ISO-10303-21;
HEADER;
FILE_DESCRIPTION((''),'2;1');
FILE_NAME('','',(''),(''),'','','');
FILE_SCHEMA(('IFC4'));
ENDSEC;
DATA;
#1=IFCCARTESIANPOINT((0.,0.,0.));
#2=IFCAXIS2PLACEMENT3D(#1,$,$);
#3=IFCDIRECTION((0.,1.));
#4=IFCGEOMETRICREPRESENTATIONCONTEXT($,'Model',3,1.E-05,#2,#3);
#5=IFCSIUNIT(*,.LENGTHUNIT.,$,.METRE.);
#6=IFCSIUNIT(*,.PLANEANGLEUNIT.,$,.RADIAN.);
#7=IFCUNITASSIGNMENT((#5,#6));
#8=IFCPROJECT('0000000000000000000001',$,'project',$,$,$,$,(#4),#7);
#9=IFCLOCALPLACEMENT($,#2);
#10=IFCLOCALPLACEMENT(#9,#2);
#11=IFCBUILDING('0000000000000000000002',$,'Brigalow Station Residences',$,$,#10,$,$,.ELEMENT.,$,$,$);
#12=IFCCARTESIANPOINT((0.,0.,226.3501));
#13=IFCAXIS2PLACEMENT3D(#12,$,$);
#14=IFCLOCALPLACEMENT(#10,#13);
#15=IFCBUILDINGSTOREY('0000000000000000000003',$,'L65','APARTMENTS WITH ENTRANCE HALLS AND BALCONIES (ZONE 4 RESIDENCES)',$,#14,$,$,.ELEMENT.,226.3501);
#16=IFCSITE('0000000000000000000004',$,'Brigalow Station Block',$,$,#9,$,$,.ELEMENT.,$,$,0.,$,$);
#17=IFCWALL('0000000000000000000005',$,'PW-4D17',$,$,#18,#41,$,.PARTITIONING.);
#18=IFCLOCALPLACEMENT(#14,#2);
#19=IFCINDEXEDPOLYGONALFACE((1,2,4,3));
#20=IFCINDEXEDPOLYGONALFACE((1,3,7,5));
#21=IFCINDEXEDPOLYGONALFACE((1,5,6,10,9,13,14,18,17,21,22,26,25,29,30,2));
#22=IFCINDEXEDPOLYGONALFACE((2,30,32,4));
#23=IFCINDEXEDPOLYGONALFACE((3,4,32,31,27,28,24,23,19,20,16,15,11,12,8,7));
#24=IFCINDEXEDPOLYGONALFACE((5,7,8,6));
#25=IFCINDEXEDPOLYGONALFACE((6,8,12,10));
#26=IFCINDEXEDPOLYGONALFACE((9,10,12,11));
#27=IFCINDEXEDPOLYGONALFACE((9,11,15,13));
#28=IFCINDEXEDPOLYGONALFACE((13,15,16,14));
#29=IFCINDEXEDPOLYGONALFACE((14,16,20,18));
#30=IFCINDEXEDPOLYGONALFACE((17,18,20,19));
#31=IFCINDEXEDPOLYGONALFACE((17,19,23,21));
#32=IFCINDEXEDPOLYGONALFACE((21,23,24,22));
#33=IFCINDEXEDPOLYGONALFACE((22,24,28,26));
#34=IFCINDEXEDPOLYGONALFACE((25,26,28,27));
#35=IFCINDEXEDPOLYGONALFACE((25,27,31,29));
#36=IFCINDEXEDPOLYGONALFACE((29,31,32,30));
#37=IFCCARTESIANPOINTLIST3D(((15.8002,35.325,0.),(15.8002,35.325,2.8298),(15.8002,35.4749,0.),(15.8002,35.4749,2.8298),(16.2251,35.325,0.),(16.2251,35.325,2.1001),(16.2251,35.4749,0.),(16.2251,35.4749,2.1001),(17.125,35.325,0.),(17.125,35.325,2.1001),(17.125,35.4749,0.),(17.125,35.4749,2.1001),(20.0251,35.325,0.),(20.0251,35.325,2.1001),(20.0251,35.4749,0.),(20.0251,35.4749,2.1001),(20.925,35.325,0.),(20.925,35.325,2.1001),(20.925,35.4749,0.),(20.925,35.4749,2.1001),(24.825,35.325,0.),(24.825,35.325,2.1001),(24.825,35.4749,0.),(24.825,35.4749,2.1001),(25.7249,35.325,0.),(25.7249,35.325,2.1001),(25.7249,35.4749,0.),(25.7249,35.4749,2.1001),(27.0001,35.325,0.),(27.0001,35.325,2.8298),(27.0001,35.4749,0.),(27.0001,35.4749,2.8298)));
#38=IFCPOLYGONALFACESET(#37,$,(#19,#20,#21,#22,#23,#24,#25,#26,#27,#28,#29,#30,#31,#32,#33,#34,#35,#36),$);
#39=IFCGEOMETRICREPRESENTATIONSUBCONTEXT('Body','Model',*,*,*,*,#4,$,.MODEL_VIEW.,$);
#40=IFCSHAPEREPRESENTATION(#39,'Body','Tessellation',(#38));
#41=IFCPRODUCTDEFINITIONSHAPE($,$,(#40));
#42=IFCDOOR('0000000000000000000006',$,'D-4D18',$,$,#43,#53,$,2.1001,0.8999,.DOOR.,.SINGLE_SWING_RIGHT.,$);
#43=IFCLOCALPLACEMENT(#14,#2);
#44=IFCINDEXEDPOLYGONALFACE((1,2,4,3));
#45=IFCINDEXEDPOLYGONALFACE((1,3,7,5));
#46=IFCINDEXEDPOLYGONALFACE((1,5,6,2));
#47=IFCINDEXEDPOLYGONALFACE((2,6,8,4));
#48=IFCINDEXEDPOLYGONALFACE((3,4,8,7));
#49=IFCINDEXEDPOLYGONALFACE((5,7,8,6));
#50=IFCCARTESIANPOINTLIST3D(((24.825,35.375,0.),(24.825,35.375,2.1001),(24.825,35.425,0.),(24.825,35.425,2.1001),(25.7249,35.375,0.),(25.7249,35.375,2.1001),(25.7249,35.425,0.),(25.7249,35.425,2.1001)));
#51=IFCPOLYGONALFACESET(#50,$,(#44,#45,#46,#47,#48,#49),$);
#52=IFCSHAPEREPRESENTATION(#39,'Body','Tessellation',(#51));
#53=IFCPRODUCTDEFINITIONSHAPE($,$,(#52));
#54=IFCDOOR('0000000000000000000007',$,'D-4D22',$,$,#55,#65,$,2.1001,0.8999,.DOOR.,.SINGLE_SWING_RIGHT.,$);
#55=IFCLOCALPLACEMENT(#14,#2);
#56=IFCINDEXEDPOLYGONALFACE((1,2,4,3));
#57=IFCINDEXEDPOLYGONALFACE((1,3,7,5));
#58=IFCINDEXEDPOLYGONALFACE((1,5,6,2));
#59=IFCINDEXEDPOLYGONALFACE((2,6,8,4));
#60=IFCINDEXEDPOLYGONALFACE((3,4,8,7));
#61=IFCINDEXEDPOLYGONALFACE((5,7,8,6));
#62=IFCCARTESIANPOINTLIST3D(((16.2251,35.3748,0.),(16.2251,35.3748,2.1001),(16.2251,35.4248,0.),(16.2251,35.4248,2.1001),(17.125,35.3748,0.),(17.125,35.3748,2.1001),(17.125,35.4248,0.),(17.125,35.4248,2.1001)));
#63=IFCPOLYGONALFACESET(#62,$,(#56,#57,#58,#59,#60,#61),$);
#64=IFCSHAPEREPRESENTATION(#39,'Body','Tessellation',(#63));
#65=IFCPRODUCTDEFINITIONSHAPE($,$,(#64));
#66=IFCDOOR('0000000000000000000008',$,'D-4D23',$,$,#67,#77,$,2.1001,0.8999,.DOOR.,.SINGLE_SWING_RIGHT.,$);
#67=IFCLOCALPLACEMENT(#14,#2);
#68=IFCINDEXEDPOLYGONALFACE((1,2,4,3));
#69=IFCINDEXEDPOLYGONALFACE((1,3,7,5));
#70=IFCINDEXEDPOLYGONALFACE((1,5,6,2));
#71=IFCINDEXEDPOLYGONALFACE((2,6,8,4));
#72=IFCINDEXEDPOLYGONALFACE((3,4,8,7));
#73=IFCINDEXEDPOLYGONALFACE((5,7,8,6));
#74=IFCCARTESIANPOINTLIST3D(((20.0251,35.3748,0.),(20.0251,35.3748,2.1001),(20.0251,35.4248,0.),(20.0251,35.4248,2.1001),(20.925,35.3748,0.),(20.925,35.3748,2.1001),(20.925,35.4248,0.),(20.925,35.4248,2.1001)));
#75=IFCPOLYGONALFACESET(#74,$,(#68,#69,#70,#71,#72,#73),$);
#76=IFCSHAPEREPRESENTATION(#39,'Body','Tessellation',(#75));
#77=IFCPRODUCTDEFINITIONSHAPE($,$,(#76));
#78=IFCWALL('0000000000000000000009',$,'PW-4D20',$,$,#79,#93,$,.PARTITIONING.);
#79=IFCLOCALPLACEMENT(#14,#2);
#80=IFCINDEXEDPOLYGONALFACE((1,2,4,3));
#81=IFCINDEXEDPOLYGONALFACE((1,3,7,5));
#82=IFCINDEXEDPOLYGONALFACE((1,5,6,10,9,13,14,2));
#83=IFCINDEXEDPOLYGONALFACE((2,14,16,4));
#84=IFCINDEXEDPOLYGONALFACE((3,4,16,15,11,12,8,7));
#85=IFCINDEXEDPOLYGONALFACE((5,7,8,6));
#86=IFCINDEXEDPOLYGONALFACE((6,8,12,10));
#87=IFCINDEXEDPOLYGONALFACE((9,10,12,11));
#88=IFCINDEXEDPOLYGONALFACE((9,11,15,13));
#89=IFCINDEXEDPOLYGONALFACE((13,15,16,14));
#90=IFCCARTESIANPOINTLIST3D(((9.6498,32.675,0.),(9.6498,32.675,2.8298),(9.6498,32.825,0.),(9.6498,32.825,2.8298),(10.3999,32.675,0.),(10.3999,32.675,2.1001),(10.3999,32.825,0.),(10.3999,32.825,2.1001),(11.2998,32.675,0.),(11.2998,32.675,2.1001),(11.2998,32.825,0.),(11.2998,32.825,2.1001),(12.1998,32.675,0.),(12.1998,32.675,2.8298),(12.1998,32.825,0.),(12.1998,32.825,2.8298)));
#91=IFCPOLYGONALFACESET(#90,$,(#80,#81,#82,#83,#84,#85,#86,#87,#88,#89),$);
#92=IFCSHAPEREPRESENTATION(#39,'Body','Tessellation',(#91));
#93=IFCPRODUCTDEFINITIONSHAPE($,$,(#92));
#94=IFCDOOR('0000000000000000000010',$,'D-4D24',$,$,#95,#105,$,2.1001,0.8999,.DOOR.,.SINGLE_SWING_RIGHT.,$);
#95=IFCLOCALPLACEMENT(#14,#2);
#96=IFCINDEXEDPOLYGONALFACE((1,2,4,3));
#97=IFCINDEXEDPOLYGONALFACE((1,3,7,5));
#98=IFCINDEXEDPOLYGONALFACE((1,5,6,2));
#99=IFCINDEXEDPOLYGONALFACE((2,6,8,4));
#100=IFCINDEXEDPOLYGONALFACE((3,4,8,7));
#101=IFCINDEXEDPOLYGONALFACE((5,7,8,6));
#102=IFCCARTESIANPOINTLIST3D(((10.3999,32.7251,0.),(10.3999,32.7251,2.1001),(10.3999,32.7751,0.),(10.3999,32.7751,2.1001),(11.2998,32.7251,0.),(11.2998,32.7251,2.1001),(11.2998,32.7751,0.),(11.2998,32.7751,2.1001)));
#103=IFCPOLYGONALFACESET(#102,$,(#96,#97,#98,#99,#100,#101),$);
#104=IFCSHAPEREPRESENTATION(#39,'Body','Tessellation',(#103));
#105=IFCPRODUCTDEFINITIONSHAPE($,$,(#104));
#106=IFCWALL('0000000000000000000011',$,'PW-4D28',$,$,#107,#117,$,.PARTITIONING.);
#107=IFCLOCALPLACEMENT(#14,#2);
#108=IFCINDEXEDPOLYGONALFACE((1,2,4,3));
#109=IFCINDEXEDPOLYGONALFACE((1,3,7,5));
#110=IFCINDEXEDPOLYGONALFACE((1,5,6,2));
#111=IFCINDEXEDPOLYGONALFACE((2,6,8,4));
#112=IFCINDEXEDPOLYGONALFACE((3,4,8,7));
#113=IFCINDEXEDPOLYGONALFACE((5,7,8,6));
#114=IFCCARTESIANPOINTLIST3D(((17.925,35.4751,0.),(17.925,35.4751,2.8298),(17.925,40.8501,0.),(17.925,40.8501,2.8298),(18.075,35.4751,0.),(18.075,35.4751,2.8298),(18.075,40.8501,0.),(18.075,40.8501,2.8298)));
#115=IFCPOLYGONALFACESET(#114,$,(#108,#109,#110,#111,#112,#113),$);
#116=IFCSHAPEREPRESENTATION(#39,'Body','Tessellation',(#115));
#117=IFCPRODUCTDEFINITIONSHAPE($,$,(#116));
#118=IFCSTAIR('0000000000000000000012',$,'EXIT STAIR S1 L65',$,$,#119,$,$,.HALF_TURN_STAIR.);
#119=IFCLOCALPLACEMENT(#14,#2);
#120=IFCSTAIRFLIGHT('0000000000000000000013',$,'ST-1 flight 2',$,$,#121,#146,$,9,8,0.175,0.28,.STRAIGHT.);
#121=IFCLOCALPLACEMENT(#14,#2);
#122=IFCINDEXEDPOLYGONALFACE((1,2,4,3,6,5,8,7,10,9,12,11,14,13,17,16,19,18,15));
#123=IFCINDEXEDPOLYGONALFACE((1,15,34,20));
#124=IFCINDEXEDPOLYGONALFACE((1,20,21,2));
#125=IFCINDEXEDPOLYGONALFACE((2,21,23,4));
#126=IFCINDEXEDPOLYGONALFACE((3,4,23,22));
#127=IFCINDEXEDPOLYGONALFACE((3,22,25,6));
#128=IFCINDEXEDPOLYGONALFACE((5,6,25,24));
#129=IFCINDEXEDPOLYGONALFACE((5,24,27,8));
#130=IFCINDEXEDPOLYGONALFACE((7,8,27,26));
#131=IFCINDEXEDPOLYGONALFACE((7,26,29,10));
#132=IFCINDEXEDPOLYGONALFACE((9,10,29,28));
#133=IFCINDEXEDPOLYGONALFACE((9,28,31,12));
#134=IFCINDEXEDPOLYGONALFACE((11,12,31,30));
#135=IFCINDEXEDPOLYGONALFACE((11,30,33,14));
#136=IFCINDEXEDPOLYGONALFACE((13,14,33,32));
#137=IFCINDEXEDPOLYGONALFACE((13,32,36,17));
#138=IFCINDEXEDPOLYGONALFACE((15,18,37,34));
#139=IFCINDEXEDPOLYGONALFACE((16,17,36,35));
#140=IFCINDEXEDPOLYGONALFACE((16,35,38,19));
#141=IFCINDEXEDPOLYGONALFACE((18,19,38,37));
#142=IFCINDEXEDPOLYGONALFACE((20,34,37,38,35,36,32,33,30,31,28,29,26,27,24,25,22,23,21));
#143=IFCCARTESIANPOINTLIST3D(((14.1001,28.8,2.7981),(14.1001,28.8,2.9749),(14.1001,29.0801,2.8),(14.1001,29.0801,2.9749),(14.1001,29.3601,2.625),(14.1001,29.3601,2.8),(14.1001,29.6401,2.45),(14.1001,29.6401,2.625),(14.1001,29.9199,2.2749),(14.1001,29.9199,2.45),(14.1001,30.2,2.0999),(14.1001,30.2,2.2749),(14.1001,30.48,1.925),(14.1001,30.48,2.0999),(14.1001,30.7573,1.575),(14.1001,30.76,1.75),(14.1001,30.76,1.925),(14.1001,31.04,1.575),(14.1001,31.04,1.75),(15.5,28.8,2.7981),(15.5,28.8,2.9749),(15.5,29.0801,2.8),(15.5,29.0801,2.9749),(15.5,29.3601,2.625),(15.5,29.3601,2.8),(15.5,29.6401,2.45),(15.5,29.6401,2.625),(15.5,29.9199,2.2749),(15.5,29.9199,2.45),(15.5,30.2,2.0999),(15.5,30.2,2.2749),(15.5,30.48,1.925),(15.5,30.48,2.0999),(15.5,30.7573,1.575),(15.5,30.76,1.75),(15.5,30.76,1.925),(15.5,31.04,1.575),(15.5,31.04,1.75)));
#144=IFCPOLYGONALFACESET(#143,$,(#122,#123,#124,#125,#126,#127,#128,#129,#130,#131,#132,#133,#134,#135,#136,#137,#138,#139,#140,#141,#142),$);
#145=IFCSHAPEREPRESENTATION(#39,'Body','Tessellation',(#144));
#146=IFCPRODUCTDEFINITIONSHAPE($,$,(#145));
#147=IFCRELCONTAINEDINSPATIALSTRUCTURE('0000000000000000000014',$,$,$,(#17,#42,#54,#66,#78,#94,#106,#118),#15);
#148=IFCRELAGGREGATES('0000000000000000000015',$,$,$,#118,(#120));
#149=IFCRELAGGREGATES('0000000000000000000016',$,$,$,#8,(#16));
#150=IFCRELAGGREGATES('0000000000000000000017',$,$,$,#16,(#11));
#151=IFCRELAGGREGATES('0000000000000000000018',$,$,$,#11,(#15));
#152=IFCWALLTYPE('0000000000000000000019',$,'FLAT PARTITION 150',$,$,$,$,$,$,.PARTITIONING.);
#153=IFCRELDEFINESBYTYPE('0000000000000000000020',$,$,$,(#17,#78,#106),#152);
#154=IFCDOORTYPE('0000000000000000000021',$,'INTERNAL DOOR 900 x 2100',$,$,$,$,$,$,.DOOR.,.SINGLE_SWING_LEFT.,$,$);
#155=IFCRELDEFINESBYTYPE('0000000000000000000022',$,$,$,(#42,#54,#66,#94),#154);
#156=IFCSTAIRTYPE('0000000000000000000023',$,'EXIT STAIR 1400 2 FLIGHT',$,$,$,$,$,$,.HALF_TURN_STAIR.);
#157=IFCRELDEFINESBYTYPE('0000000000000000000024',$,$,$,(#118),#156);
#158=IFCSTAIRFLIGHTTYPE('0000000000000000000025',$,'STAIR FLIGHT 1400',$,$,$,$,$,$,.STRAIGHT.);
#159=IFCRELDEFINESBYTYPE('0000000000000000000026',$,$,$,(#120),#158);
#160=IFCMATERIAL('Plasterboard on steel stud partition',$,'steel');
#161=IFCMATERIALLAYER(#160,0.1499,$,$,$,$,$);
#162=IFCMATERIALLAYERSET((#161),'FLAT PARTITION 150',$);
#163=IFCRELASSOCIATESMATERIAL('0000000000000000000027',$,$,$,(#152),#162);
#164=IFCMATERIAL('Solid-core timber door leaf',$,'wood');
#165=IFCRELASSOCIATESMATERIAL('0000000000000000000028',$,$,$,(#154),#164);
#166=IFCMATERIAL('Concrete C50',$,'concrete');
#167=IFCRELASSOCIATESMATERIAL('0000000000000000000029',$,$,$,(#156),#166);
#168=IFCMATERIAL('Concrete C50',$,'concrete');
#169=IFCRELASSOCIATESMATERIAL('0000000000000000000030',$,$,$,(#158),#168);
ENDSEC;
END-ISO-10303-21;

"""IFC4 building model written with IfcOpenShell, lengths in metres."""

from ifc_helpers import new_model, si_unit, direction, frame, frame_2d, origin, place, context, subcontext, project, spatial, polyline, rectangle, outline, extrude, material, layer, layer_set, type_object, element, fill, aggregate, save


model = new_model("IFC4")

# Units and contexts
model_context = context("Model", 3, precision=1e-05, world=origin(), true_north=direction((0.0, 1.0)))
body_context = subcontext(model_context, "Body", "Model", "MODEL_VIEW")
ifc_project = project(units=[si_unit("LENGTHUNIT", "METRE"), si_unit("PLANEANGLEUNIT", "RADIAN")], contexts=[model_context])

# Site, building, storey
site_placement = place(None, origin())
site = spatial("IfcSite", under=ifc_project, at=site_placement, Name="Brigalow Station Block", CompositionType="ELEMENT", RefElevation=0.0)
building_placement = place(site_placement, origin())
building = spatial("IfcBuilding", under=site, at=building_placement, Name="Brigalow Station Residences", CompositionType="ELEMENT")
storey_placement = place(building_placement, frame((0.0, 0.0, 226.3501)))
storey = spatial("IfcBuildingStorey", under=building, at=storey_placement, Name="L65", Description="APARTMENTS WITH ENTRANCE HALLS AND BALCONIES (ZONE 4 RESIDENCES)", CompositionType="ELEMENT", Elevation=226.3501)

# Wall, openings, doors
ifc_material_1 = material(Name="Plasterboard on steel stud partition", Category="steel")
ifc_layer_1 = layer(ifc_material_1, 0.1499)
ifc_layer_set_1 = layer_set([ifc_layer_1], Name="FLAT PARTITION 150")
wall_type_1 = type_object("IfcWallType", Name="FLAT PARTITION 150", PredefinedType="PARTITIONING", material=ifc_layer_set_1)
wall_1_placement = place(storey_placement, frame((15.8, 35.3999, 0.0), z_axis=(0.0, 0.0, 1.0), x_axis=(1.0, 0.0, 0.0)))
wall_1 = element("IfcWall", 1, at=wall_1_placement, inside=storey, type_object=wall_type_1, Name="PW-4D17", PredefinedType="PARTITIONING", context=body_context, shape_type="SweptSolid", body=[
    extrude(rectangle(XDim=11.2, YDim=0.1499, at=frame_2d((5.6001, 0.0))), origin(), (0.0, 0.0, 1.0), 2.8298),
])
opening_1_placement = place(wall_1_placement, frame((9.0249, 0.0, 0.0)))
opening_1 = element("IfcOpeningElement", 2, at=opening_1_placement, cuts=wall_1, PredefinedType="OPENING", context=body_context, shape_type="SweptSolid", body=[
    extrude(rectangle(XDim=0.8999, YDim=2.1001, at=frame_2d((0.45, 1.05))), frame((0.0, 0.085, 0.0), z_axis=(0.0, -1.0, 0.0), x_axis=(1.0, 0.0, 0.0)), (0.0, 0.0, 1.0), 0.1699),
])
opening_2_placement = place(wall_1_placement, frame((0.425, 0.0, 0.0)))
opening_2 = element("IfcOpeningElement", 3, at=opening_2_placement, cuts=wall_1, PredefinedType="OPENING", context=body_context, shape_type="SweptSolid", body=[
    extrude(rectangle(XDim=0.8999, YDim=2.1001, at=frame_2d((0.45, 1.05))), frame((0.0, 0.085, 0.0), z_axis=(0.0, -1.0, 0.0), x_axis=(1.0, 0.0, 0.0)), (0.0, 0.0, 1.0), 0.1699),
])
opening_3_placement = place(wall_1_placement, frame((4.2251, 0.0, 0.0)))
opening_3 = element("IfcOpeningElement", 4, at=opening_3_placement, cuts=wall_1, PredefinedType="OPENING", context=body_context, shape_type="SweptSolid", body=[
    extrude(rectangle(XDim=0.8999, YDim=2.1001, at=frame_2d((0.45, 1.05))), frame((0.0, 0.085, 0.0), z_axis=(0.0, -1.0, 0.0), x_axis=(1.0, 0.0, 0.0)), (0.0, 0.0, 1.0), 0.1699),
])
ifc_material_2 = material(Name="Solid-core timber door leaf", Category="wood")
door_type_1 = type_object("IfcDoorType", Name="INTERNAL DOOR 900 x 2100", OperationType="SINGLE_SWING_LEFT", PredefinedType="DOOR", material=ifc_material_2)
door_1_placement = place(opening_1_placement, frame((0.8999, 0.0, 0.0), z_axis=(0.0, 0.0, 1.0), x_axis=(-1.0, 0.0, 0.0)))
door_1 = element("IfcDoor", 5, at=door_1_placement, inside=storey, type_object=door_type_1, Name="D-4D18", OperationType="SINGLE_SWING_RIGHT", OverallHeight=2.1001, OverallWidth=0.8999, PredefinedType="DOOR", context=body_context, shape_type="SweptSolid", body=[
    extrude(rectangle(XDim=0.8999, YDim=2.1001, at=frame_2d((0.45, 1.05))), frame((0.0, 0.0249, 0.0), z_axis=(0.0, -1.0, 0.0), x_axis=(1.0, 0.0, 0.0)), (0.0, 0.0, 1.0), 0.05),
])
fill(opening_1, door_1)
door_2_placement = place(opening_2_placement, origin())
door_2 = element("IfcDoor", 6, at=door_2_placement, inside=storey, type_object=door_type_1, Name="D-4D22", OperationType="SINGLE_SWING_RIGHT", OverallHeight=2.1001, OverallWidth=0.8999, PredefinedType="DOOR", context=body_context, shape_type="SweptSolid", body=[
    extrude(rectangle(XDim=0.8999, YDim=2.1001, at=frame_2d((0.45, 1.05))), frame((0.0, 0.0249, 0.0), z_axis=(0.0, -1.0, 0.0), x_axis=(1.0, 0.0, 0.0)), (0.0, 0.0, 1.0), 0.05),
])
fill(opening_2, door_2)
door_3_placement = place(opening_3_placement, origin())
door_3 = element("IfcDoor", 7, at=door_3_placement, inside=storey, type_object=door_type_1, Name="D-4D23", OperationType="SINGLE_SWING_RIGHT", OverallHeight=2.1001, OverallWidth=0.8999, PredefinedType="DOOR", context=body_context, shape_type="SweptSolid", body=[
    extrude(rectangle(XDim=0.8999, YDim=2.1001, at=frame_2d((0.45, 1.05))), frame((0.0, 0.0249, 0.0), z_axis=(0.0, -1.0, 0.0), x_axis=(1.0, 0.0, 0.0)), (0.0, 0.0, 1.0), 0.05),
])
fill(opening_3, door_3)

# Wall, opening, door
wall_2_placement = place(storey_placement, frame((9.6499, 32.75, 0.0), z_axis=(0.0, 0.0, 1.0), x_axis=(1.0, 0.0, 0.0)))
wall_2 = element("IfcWall", 8, at=wall_2_placement, inside=storey, type_object=wall_type_1, Name="PW-4D20", PredefinedType="PARTITIONING", context=body_context, shape_type="SweptSolid", body=[
    extrude(rectangle(XDim=2.55, YDim=0.1499, at=frame_2d((1.2749, 0.0))), origin(), (0.0, 0.0, 1.0), 2.8298),
])
opening_4_placement = place(wall_2_placement, frame((0.75, 0.0, 0.0)))
opening_4 = element("IfcOpeningElement", 9, at=opening_4_placement, cuts=wall_2, PredefinedType="OPENING", context=body_context, shape_type="SweptSolid", body=[
    extrude(rectangle(XDim=0.8999, YDim=2.1001, at=frame_2d((0.45, 1.05))), frame((0.0, 0.085, 0.0), z_axis=(0.0, -1.0, 0.0), x_axis=(1.0, 0.0, 0.0)), (0.0, 0.0, 1.0), 0.1699),
])
door_4_placement = place(opening_4_placement, frame((0.8999, 0.0, 0.0), z_axis=(0.0, 0.0, 1.0), x_axis=(-1.0, 0.0, 0.0)))
door_4 = element("IfcDoor", 10, at=door_4_placement, inside=storey, type_object=door_type_1, Name="D-4D24", OperationType="SINGLE_SWING_RIGHT", OverallHeight=2.1001, OverallWidth=0.8999, PredefinedType="DOOR", context=body_context, shape_type="SweptSolid", body=[
    extrude(rectangle(XDim=0.8999, YDim=2.1001, at=frame_2d((0.45, 1.05))), frame((0.0, 0.0249, 0.0), z_axis=(0.0, -1.0, 0.0), x_axis=(1.0, 0.0, 0.0)), (0.0, 0.0, 1.0), 0.05),
])
fill(opening_4, door_4)

# Wall
wall_3_placement = place(storey_placement, frame((18.0, 35.4751, 0.0), z_axis=(0.0, 0.0, 1.0), x_axis=(0.0, 1.0, 0.0)))
element("IfcWall", 11, at=wall_3_placement, inside=storey, type_object=wall_type_1, Name="PW-4D28", PredefinedType="PARTITIONING", context=body_context, shape_type="SweptSolid", body=[
    extrude(rectangle(XDim=5.375, YDim=0.1499, at=frame_2d((2.6875, 0.0))), origin(), (0.0, 0.0, 1.0), 2.8298),
])

# Stair, stair flight
ifc_material_3 = material(Name="Concrete C50", Category="concrete")
stair_type = type_object("IfcStairType", Name="EXIT STAIR 1400 2 FLIGHT", PredefinedType="HALF_TURN_STAIR", material=ifc_material_3)
stair_placement = place(storey_placement, origin())
stair = element("IfcStair", 12, at=stair_placement, inside=storey, type_object=stair_type, Name="EXIT STAIR S1 L65", PredefinedType="HALF_TURN_STAIR")
ifc_material_4 = material(Name="Concrete C50", Category="concrete")
stair_flight_type = type_object("IfcStairFlightType", Name="STAIR FLIGHT 1400", PredefinedType="STRAIGHT", material=ifc_material_4)
stair_flight_placement = place(storey_placement, frame((14.8, 31.04, 1.575), z_axis=(0.0, 0.0, 1.0), x_axis=(0.0, -1.0, 0.0)))
stair_flight = element("IfcStairFlight", 13, at=stair_flight_placement, type_object=stair_flight_type, Name="ST-1 flight 2", NumberOfRisers=9, NumberOfTreads=8, PredefinedType="STRAIGHT", RiserHeight=0.175, TreadLength=0.28, context=body_context, shape_type="SweptSolid", body=[
    extrude(outline(polyline([(0.0, 0.0), (0.0, 0.175), (0.28, 0.175), (0.28, 0.3501), (0.5601, 0.3501), (0.5601, 0.5249), (0.8401, 0.5249), (0.8401, 0.7), (1.1201, 0.7), (1.1201, 0.875), (1.3999, 0.875), (1.3999, 1.05), (1.6799, 1.05), (1.6799, 1.2251), (1.96, 1.2251), (1.96, 1.3999), (2.24, 1.3999), (2.24, 1.575), (2.24, 1.2231), (0.2827, 0.0), (0.0, 0.0)])), frame((0.0, 0.7, 0.0), z_axis=(0.0, -1.0, 0.0), x_axis=(1.0, 0.0, 0.0)), (0.0, 0.0, 1.0), 1.3999),
])
aggregate(stair, [stair_flight])

save(model, "model.ifc")
